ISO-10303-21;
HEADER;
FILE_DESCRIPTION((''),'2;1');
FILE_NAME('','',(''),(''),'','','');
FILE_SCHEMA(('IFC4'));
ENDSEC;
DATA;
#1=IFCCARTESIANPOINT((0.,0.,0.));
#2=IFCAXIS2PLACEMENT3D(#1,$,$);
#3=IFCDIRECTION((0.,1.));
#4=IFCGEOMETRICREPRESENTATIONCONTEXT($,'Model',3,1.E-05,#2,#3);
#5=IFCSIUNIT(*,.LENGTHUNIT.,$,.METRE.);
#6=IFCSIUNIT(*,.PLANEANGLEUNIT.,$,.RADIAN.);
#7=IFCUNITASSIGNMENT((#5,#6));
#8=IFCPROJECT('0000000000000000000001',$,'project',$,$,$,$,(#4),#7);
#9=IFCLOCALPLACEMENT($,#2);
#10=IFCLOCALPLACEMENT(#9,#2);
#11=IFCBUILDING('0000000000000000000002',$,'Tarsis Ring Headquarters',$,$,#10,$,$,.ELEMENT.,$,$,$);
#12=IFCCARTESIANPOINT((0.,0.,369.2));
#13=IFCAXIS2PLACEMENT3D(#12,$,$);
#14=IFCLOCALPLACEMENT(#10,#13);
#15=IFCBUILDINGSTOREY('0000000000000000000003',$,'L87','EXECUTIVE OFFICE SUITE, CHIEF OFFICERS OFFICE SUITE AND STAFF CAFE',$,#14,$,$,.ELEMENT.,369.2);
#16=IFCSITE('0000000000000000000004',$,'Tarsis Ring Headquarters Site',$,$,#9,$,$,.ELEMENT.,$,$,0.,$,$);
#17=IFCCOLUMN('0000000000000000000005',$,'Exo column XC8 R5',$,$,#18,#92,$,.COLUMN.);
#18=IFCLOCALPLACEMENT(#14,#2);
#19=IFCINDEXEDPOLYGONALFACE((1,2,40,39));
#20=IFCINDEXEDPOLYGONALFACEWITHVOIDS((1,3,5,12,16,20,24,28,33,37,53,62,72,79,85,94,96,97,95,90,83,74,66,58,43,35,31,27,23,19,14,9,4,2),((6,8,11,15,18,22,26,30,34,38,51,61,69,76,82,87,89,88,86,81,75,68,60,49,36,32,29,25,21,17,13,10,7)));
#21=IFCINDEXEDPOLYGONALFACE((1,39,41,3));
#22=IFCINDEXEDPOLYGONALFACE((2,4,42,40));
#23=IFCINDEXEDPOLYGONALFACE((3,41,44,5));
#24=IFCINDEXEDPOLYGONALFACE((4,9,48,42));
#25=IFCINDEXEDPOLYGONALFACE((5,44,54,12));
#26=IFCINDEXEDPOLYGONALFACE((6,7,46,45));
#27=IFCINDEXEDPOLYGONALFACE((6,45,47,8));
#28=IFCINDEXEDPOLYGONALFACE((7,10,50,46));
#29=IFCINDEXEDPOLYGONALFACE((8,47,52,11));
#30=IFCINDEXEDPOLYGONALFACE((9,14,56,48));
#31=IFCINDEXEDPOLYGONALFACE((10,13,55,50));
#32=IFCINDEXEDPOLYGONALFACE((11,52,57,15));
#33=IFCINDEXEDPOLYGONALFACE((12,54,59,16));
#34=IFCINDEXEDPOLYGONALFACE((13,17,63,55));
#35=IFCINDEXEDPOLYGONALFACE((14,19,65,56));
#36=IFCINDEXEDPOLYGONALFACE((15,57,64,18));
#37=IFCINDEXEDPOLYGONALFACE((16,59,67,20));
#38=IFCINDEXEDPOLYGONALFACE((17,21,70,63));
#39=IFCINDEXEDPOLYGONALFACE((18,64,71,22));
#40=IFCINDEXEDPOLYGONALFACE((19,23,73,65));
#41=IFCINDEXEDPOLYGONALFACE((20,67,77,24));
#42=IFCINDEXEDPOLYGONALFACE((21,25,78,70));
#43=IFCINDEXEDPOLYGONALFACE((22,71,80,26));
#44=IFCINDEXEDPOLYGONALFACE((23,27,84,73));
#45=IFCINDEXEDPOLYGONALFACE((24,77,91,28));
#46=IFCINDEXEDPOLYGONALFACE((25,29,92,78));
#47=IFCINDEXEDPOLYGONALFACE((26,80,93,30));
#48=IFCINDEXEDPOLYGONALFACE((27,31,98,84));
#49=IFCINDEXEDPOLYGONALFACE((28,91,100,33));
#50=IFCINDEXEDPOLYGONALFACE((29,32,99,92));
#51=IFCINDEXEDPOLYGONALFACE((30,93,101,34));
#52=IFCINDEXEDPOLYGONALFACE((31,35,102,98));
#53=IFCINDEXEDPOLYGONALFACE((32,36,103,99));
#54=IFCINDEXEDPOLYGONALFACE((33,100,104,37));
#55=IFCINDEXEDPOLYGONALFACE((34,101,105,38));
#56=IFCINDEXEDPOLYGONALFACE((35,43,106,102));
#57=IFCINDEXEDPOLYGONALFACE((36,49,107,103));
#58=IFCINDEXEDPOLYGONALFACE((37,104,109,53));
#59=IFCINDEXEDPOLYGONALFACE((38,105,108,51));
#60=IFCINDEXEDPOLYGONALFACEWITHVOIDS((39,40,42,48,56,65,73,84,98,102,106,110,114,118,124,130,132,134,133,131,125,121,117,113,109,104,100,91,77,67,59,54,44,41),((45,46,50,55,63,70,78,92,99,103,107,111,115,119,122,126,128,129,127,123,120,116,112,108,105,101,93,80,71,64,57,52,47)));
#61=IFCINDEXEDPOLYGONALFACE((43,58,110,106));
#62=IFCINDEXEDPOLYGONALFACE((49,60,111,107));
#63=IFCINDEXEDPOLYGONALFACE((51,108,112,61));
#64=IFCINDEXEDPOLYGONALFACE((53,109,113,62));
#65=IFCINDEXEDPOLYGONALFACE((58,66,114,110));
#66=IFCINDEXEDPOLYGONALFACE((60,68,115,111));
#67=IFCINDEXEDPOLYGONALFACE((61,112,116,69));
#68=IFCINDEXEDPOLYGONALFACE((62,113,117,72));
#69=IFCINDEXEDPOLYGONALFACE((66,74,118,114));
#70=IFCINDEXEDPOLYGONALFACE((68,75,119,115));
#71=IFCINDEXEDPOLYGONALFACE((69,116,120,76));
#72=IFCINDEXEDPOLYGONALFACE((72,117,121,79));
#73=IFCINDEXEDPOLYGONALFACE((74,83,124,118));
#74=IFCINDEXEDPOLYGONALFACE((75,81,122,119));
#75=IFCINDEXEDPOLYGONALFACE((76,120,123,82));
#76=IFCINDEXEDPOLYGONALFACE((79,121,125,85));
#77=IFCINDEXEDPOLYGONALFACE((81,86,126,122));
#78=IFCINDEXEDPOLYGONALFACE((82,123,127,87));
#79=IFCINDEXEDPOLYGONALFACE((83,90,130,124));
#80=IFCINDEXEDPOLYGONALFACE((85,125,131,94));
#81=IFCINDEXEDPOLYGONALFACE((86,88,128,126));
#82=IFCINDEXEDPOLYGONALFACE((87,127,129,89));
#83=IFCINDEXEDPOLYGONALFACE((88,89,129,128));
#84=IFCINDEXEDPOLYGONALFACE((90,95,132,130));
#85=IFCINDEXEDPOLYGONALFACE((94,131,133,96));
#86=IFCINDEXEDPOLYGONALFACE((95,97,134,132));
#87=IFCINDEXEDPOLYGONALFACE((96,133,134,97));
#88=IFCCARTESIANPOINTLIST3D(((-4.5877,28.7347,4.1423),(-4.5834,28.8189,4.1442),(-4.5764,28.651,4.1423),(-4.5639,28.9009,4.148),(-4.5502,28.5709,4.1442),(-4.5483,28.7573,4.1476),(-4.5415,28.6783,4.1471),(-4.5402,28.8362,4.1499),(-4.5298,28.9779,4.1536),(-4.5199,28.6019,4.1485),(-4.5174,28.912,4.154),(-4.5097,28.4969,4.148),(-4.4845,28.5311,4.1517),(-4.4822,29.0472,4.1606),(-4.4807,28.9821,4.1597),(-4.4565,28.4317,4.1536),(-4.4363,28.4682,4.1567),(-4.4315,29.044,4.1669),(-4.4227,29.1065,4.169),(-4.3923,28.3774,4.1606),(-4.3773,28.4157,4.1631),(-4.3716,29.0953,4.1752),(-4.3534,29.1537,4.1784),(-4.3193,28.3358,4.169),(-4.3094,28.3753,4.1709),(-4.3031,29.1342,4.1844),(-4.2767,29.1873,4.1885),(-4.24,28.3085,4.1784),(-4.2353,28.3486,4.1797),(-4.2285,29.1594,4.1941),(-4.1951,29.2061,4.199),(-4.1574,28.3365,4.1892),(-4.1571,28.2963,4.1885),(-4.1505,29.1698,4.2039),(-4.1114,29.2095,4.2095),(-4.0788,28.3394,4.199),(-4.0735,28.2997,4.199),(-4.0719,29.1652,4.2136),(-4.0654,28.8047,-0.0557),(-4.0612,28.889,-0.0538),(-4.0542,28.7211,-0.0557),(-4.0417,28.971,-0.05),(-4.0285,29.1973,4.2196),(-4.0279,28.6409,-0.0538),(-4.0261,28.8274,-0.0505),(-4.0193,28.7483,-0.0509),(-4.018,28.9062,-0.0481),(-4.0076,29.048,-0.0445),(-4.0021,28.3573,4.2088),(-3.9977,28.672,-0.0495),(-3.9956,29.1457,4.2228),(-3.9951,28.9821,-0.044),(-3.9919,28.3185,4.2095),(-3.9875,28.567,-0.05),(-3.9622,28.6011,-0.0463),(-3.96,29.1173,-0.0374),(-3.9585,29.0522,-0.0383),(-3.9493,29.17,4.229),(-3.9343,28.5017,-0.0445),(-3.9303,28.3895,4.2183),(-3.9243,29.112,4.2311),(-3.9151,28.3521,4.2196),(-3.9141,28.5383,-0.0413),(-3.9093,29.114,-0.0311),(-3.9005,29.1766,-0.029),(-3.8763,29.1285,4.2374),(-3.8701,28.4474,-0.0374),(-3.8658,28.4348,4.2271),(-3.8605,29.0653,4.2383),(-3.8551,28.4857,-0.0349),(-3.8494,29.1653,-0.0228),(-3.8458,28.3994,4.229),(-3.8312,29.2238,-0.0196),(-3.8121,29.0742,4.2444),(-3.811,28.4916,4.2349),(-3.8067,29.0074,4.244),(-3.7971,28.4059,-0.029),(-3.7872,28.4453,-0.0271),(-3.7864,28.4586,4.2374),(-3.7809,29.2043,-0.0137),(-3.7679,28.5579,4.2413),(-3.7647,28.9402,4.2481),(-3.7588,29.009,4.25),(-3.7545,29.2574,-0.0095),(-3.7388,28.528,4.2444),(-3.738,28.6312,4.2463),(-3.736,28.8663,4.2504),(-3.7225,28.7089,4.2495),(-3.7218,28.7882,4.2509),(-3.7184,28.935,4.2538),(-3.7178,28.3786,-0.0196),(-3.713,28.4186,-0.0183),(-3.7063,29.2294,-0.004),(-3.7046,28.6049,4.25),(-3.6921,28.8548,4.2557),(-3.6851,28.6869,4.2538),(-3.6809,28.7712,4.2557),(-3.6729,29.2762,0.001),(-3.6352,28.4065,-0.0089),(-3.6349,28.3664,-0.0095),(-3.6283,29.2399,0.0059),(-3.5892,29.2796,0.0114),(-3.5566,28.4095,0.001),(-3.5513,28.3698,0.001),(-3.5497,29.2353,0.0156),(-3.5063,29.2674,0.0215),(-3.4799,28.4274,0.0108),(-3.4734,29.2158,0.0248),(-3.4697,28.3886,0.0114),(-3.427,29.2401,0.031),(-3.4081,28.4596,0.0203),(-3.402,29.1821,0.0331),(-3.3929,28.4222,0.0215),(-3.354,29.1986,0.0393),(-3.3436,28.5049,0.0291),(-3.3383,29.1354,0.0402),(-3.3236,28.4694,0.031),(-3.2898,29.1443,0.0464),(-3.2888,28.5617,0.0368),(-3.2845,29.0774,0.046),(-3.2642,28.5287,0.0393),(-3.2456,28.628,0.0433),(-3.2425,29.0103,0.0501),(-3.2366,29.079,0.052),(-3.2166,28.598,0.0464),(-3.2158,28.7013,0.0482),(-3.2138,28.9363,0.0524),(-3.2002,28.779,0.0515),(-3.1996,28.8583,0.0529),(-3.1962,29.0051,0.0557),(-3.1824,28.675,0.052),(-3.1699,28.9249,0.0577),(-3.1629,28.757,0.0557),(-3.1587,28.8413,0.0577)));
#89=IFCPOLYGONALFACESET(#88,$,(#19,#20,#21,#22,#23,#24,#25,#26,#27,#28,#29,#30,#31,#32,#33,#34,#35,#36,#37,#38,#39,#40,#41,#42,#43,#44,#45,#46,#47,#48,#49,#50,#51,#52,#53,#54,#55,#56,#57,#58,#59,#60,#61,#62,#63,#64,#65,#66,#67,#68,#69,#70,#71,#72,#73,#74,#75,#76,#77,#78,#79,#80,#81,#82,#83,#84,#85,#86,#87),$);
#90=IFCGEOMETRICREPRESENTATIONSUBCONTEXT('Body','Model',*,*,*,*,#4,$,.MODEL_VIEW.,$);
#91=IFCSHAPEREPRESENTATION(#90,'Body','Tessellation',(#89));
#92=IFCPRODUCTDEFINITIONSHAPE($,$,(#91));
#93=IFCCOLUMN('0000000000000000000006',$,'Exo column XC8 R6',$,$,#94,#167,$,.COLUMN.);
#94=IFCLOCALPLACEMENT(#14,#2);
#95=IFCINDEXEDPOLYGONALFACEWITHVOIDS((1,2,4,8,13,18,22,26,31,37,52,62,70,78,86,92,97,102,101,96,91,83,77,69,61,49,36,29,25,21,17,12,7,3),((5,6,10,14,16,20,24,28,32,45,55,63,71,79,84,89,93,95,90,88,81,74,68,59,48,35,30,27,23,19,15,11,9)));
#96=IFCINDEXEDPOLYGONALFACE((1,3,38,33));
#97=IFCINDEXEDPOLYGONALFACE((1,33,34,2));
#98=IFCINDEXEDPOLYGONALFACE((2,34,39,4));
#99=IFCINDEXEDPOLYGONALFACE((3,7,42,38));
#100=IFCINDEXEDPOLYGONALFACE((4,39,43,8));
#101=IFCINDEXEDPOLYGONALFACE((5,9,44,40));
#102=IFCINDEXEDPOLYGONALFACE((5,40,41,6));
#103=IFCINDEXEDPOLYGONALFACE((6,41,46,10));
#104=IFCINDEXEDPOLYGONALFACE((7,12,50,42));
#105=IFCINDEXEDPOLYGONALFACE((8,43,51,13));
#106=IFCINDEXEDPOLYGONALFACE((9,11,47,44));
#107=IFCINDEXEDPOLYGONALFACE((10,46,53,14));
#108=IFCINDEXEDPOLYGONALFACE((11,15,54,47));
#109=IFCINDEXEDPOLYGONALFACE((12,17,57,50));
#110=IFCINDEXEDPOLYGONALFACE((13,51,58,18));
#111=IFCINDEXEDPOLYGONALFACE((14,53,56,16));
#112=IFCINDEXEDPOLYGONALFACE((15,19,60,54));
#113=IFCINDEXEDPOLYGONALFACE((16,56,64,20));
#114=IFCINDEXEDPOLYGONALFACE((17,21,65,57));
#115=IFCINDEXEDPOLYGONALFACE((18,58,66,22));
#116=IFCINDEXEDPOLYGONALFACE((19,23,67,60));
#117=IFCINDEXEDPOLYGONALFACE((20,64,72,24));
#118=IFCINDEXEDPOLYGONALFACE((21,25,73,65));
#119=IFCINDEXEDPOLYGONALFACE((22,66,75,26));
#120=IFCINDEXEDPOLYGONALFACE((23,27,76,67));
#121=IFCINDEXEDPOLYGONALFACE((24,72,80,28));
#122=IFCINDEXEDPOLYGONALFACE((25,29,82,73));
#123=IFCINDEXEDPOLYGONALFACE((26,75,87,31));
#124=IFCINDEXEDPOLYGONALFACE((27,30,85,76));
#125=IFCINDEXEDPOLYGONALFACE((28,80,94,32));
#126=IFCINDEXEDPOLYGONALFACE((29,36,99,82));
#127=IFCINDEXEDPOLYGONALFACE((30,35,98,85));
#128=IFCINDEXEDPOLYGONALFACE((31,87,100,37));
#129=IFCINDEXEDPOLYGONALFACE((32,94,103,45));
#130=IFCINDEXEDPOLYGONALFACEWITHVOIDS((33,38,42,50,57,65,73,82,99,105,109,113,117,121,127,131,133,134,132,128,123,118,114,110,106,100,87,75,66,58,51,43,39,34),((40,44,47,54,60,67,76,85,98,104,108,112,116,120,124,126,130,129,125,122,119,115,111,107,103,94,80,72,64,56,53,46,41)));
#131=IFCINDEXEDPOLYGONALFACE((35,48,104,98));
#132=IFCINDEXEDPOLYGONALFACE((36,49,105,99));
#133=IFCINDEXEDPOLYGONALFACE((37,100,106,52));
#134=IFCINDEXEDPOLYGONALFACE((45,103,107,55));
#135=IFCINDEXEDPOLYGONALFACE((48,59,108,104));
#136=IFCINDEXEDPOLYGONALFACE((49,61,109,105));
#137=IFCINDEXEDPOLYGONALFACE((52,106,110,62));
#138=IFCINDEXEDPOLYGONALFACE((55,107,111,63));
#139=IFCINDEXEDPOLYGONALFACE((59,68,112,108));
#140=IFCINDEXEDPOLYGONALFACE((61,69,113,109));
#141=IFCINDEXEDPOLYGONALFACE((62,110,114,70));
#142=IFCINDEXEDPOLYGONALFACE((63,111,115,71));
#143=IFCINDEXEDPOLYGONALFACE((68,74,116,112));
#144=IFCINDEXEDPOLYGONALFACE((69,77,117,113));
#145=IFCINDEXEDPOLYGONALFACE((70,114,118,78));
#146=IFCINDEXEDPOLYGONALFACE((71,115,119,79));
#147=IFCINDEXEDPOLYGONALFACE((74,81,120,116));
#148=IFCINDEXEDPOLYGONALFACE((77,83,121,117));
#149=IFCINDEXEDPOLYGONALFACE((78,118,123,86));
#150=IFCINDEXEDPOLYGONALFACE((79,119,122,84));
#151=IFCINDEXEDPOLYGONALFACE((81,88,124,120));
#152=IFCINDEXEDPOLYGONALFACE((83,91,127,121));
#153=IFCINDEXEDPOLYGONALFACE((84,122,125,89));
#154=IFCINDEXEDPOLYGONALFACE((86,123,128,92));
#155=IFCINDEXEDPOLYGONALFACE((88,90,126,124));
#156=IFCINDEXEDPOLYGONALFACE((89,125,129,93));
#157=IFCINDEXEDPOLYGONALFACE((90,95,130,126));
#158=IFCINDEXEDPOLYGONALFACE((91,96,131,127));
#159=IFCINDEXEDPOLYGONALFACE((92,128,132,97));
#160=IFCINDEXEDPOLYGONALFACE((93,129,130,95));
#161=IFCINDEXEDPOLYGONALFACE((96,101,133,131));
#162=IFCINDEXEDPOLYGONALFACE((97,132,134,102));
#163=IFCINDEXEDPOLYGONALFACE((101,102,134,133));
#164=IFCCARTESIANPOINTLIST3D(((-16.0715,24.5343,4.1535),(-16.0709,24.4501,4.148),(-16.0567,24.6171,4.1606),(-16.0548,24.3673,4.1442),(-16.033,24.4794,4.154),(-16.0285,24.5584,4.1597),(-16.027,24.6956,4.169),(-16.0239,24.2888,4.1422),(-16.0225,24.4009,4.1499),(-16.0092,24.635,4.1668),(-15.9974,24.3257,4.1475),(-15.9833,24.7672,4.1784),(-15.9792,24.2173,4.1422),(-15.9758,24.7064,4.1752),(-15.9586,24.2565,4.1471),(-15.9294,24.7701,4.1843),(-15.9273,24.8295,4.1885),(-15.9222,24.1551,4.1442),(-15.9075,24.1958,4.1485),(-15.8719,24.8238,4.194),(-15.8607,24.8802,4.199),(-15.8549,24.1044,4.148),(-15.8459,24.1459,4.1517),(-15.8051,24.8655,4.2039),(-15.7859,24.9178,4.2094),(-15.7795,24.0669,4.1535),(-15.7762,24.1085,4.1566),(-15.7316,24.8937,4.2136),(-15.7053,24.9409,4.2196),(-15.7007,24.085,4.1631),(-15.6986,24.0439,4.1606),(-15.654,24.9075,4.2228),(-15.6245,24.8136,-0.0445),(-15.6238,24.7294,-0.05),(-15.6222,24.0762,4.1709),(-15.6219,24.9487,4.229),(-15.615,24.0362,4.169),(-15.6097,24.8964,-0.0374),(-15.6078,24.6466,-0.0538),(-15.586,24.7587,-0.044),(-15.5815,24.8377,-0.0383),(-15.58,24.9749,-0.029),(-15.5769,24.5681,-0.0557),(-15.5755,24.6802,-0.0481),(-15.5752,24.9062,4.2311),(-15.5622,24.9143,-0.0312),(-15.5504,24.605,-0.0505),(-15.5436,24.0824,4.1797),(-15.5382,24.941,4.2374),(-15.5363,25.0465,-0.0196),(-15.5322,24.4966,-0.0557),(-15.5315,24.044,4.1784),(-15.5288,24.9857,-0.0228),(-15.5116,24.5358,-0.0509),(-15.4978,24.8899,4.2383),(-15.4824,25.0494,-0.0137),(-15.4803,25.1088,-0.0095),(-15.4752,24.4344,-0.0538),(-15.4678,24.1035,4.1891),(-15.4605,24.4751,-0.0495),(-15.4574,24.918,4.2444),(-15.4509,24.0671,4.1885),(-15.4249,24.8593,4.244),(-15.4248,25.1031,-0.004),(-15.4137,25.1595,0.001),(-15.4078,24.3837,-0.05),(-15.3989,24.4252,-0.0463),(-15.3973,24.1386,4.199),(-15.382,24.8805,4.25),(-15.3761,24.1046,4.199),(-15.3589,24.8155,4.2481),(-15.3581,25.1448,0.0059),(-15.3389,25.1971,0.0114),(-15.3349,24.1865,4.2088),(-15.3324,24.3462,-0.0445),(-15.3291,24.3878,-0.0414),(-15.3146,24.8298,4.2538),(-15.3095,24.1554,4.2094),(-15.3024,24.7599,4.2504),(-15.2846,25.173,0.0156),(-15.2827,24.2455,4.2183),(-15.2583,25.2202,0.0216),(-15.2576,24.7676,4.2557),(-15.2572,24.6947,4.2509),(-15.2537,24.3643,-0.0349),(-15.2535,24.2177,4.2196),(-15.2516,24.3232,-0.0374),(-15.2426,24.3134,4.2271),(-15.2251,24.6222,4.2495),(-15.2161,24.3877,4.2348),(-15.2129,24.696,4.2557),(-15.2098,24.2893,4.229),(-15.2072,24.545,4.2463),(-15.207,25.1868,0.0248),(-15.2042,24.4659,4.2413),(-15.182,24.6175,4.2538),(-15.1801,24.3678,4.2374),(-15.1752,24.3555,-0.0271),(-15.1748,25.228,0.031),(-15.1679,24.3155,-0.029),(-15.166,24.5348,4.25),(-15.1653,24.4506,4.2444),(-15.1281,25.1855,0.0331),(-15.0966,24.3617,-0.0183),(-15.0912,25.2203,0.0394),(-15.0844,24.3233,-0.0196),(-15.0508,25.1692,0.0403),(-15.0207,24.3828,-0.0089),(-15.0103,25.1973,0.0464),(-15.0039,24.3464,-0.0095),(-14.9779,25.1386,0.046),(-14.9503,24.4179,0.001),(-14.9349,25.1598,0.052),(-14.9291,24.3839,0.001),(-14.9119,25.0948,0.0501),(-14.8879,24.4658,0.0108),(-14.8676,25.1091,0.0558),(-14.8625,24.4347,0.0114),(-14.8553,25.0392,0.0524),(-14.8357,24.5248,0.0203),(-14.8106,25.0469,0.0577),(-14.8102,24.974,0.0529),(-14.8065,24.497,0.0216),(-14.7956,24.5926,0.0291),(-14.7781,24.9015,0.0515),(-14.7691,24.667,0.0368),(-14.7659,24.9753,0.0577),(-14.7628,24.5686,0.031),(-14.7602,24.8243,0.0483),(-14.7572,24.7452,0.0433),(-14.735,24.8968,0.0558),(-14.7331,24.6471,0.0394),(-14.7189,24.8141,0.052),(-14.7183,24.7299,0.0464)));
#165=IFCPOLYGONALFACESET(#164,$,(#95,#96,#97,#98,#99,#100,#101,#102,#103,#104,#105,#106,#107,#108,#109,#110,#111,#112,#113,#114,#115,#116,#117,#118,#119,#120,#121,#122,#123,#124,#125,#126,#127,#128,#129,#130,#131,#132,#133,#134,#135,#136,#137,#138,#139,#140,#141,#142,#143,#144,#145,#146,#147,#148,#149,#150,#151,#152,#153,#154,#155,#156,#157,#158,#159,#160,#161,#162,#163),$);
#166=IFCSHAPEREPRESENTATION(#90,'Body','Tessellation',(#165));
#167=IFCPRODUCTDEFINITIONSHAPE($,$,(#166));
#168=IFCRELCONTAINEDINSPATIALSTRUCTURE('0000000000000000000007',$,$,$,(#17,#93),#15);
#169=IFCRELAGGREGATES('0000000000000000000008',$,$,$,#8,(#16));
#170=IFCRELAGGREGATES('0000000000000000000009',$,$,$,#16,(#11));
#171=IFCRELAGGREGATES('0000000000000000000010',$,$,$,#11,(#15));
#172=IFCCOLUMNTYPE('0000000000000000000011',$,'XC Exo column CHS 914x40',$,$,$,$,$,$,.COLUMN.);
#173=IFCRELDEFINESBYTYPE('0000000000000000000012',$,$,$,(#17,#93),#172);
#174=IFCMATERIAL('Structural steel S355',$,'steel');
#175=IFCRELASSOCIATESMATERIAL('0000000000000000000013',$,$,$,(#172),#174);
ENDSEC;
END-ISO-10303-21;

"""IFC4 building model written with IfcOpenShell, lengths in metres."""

from ifc_helpers import new_model, si_unit, direction, frame, origin, origin_2d, place, context, subcontext, project, spatial, hollow_circle, extrude, material, material_profile, profile_set, type_object, element, save


model = new_model("IFC4")

# Units and contexts
model_context = context("Model", 3, precision=1e-05, world=origin(), true_north=direction((0.0, 1.0)))
body_context = subcontext(model_context, "Body", "Model", "MODEL_VIEW")
ifc_project = project(units=[si_unit("LENGTHUNIT", "METRE"), si_unit("PLANEANGLEUNIT", "RADIAN")], contexts=[model_context])

# Site, building, storey
site_placement = place(None, origin())
site = spatial("IfcSite", under=ifc_project, at=site_placement, Name="Tarsis Ring Headquarters Site", CompositionType="ELEMENT", RefElevation=0.0)
building_placement = place(site_placement, origin())
building = spatial("IfcBuilding", under=site, at=building_placement, Name="Tarsis Ring Headquarters", CompositionType="ELEMENT")
storey_placement = place(building_placement, frame((0.0, 0.0, 369.2)))
storey = spatial("IfcBuildingStorey", under=building, at=storey_placement, Name="L87", Description="EXECUTIVE OFFICE SUITE, CHIEF OFFICERS OFFICE SUITE AND STAFF CAFE", CompositionType="ELEMENT", Elevation=369.2)

# Columns
ifc_material_1 = material(Name="Structural steel S355", Category="steel")
ifc_material_profile_1 = material_profile(ifc_material_1, hollow_circle(Radius=0.457, WallThickness=0.04, at=origin_2d()), Name="CHS 914x40")
ifc_profile_set_1 = profile_set([ifc_material_profile_1], Name="Structural steel S355")
column_type = type_object("IfcColumnType", Name="XC Exo column CHS 914x40", PredefinedType="COLUMN", material=ifc_profile_set_1)
for number, where, z_axis, x_axis, name in (
    (1, (-3.6121, 28.823, 0.001), (-0.123428, -0.016561, 0.992215), (0.132983, -0.991118, 0.0), "Exo column XC8 R5"),
    (2, (-15.1714, 24.7717, 0.001), (-0.105655, -0.066013, 0.992209), (0.529874, -0.848076, 0.0), "Exo column XC8 R6"),
):
    element("IfcColumn", number, at=place(storey_placement, frame(where, z_axis=z_axis, x_axis=x_axis)), inside=storey, type_object=column_type, Name=name, PredefinedType="COLUMN", context=body_context, shape_type="SweptSolid", body=[
        extrude(hollow_circle(Radius=0.4573, WallThickness=0.04, at=origin_2d()), origin(), (0.0, 0.0, 1.0), 4.231),
    ])

save(model, "model.ifc")
